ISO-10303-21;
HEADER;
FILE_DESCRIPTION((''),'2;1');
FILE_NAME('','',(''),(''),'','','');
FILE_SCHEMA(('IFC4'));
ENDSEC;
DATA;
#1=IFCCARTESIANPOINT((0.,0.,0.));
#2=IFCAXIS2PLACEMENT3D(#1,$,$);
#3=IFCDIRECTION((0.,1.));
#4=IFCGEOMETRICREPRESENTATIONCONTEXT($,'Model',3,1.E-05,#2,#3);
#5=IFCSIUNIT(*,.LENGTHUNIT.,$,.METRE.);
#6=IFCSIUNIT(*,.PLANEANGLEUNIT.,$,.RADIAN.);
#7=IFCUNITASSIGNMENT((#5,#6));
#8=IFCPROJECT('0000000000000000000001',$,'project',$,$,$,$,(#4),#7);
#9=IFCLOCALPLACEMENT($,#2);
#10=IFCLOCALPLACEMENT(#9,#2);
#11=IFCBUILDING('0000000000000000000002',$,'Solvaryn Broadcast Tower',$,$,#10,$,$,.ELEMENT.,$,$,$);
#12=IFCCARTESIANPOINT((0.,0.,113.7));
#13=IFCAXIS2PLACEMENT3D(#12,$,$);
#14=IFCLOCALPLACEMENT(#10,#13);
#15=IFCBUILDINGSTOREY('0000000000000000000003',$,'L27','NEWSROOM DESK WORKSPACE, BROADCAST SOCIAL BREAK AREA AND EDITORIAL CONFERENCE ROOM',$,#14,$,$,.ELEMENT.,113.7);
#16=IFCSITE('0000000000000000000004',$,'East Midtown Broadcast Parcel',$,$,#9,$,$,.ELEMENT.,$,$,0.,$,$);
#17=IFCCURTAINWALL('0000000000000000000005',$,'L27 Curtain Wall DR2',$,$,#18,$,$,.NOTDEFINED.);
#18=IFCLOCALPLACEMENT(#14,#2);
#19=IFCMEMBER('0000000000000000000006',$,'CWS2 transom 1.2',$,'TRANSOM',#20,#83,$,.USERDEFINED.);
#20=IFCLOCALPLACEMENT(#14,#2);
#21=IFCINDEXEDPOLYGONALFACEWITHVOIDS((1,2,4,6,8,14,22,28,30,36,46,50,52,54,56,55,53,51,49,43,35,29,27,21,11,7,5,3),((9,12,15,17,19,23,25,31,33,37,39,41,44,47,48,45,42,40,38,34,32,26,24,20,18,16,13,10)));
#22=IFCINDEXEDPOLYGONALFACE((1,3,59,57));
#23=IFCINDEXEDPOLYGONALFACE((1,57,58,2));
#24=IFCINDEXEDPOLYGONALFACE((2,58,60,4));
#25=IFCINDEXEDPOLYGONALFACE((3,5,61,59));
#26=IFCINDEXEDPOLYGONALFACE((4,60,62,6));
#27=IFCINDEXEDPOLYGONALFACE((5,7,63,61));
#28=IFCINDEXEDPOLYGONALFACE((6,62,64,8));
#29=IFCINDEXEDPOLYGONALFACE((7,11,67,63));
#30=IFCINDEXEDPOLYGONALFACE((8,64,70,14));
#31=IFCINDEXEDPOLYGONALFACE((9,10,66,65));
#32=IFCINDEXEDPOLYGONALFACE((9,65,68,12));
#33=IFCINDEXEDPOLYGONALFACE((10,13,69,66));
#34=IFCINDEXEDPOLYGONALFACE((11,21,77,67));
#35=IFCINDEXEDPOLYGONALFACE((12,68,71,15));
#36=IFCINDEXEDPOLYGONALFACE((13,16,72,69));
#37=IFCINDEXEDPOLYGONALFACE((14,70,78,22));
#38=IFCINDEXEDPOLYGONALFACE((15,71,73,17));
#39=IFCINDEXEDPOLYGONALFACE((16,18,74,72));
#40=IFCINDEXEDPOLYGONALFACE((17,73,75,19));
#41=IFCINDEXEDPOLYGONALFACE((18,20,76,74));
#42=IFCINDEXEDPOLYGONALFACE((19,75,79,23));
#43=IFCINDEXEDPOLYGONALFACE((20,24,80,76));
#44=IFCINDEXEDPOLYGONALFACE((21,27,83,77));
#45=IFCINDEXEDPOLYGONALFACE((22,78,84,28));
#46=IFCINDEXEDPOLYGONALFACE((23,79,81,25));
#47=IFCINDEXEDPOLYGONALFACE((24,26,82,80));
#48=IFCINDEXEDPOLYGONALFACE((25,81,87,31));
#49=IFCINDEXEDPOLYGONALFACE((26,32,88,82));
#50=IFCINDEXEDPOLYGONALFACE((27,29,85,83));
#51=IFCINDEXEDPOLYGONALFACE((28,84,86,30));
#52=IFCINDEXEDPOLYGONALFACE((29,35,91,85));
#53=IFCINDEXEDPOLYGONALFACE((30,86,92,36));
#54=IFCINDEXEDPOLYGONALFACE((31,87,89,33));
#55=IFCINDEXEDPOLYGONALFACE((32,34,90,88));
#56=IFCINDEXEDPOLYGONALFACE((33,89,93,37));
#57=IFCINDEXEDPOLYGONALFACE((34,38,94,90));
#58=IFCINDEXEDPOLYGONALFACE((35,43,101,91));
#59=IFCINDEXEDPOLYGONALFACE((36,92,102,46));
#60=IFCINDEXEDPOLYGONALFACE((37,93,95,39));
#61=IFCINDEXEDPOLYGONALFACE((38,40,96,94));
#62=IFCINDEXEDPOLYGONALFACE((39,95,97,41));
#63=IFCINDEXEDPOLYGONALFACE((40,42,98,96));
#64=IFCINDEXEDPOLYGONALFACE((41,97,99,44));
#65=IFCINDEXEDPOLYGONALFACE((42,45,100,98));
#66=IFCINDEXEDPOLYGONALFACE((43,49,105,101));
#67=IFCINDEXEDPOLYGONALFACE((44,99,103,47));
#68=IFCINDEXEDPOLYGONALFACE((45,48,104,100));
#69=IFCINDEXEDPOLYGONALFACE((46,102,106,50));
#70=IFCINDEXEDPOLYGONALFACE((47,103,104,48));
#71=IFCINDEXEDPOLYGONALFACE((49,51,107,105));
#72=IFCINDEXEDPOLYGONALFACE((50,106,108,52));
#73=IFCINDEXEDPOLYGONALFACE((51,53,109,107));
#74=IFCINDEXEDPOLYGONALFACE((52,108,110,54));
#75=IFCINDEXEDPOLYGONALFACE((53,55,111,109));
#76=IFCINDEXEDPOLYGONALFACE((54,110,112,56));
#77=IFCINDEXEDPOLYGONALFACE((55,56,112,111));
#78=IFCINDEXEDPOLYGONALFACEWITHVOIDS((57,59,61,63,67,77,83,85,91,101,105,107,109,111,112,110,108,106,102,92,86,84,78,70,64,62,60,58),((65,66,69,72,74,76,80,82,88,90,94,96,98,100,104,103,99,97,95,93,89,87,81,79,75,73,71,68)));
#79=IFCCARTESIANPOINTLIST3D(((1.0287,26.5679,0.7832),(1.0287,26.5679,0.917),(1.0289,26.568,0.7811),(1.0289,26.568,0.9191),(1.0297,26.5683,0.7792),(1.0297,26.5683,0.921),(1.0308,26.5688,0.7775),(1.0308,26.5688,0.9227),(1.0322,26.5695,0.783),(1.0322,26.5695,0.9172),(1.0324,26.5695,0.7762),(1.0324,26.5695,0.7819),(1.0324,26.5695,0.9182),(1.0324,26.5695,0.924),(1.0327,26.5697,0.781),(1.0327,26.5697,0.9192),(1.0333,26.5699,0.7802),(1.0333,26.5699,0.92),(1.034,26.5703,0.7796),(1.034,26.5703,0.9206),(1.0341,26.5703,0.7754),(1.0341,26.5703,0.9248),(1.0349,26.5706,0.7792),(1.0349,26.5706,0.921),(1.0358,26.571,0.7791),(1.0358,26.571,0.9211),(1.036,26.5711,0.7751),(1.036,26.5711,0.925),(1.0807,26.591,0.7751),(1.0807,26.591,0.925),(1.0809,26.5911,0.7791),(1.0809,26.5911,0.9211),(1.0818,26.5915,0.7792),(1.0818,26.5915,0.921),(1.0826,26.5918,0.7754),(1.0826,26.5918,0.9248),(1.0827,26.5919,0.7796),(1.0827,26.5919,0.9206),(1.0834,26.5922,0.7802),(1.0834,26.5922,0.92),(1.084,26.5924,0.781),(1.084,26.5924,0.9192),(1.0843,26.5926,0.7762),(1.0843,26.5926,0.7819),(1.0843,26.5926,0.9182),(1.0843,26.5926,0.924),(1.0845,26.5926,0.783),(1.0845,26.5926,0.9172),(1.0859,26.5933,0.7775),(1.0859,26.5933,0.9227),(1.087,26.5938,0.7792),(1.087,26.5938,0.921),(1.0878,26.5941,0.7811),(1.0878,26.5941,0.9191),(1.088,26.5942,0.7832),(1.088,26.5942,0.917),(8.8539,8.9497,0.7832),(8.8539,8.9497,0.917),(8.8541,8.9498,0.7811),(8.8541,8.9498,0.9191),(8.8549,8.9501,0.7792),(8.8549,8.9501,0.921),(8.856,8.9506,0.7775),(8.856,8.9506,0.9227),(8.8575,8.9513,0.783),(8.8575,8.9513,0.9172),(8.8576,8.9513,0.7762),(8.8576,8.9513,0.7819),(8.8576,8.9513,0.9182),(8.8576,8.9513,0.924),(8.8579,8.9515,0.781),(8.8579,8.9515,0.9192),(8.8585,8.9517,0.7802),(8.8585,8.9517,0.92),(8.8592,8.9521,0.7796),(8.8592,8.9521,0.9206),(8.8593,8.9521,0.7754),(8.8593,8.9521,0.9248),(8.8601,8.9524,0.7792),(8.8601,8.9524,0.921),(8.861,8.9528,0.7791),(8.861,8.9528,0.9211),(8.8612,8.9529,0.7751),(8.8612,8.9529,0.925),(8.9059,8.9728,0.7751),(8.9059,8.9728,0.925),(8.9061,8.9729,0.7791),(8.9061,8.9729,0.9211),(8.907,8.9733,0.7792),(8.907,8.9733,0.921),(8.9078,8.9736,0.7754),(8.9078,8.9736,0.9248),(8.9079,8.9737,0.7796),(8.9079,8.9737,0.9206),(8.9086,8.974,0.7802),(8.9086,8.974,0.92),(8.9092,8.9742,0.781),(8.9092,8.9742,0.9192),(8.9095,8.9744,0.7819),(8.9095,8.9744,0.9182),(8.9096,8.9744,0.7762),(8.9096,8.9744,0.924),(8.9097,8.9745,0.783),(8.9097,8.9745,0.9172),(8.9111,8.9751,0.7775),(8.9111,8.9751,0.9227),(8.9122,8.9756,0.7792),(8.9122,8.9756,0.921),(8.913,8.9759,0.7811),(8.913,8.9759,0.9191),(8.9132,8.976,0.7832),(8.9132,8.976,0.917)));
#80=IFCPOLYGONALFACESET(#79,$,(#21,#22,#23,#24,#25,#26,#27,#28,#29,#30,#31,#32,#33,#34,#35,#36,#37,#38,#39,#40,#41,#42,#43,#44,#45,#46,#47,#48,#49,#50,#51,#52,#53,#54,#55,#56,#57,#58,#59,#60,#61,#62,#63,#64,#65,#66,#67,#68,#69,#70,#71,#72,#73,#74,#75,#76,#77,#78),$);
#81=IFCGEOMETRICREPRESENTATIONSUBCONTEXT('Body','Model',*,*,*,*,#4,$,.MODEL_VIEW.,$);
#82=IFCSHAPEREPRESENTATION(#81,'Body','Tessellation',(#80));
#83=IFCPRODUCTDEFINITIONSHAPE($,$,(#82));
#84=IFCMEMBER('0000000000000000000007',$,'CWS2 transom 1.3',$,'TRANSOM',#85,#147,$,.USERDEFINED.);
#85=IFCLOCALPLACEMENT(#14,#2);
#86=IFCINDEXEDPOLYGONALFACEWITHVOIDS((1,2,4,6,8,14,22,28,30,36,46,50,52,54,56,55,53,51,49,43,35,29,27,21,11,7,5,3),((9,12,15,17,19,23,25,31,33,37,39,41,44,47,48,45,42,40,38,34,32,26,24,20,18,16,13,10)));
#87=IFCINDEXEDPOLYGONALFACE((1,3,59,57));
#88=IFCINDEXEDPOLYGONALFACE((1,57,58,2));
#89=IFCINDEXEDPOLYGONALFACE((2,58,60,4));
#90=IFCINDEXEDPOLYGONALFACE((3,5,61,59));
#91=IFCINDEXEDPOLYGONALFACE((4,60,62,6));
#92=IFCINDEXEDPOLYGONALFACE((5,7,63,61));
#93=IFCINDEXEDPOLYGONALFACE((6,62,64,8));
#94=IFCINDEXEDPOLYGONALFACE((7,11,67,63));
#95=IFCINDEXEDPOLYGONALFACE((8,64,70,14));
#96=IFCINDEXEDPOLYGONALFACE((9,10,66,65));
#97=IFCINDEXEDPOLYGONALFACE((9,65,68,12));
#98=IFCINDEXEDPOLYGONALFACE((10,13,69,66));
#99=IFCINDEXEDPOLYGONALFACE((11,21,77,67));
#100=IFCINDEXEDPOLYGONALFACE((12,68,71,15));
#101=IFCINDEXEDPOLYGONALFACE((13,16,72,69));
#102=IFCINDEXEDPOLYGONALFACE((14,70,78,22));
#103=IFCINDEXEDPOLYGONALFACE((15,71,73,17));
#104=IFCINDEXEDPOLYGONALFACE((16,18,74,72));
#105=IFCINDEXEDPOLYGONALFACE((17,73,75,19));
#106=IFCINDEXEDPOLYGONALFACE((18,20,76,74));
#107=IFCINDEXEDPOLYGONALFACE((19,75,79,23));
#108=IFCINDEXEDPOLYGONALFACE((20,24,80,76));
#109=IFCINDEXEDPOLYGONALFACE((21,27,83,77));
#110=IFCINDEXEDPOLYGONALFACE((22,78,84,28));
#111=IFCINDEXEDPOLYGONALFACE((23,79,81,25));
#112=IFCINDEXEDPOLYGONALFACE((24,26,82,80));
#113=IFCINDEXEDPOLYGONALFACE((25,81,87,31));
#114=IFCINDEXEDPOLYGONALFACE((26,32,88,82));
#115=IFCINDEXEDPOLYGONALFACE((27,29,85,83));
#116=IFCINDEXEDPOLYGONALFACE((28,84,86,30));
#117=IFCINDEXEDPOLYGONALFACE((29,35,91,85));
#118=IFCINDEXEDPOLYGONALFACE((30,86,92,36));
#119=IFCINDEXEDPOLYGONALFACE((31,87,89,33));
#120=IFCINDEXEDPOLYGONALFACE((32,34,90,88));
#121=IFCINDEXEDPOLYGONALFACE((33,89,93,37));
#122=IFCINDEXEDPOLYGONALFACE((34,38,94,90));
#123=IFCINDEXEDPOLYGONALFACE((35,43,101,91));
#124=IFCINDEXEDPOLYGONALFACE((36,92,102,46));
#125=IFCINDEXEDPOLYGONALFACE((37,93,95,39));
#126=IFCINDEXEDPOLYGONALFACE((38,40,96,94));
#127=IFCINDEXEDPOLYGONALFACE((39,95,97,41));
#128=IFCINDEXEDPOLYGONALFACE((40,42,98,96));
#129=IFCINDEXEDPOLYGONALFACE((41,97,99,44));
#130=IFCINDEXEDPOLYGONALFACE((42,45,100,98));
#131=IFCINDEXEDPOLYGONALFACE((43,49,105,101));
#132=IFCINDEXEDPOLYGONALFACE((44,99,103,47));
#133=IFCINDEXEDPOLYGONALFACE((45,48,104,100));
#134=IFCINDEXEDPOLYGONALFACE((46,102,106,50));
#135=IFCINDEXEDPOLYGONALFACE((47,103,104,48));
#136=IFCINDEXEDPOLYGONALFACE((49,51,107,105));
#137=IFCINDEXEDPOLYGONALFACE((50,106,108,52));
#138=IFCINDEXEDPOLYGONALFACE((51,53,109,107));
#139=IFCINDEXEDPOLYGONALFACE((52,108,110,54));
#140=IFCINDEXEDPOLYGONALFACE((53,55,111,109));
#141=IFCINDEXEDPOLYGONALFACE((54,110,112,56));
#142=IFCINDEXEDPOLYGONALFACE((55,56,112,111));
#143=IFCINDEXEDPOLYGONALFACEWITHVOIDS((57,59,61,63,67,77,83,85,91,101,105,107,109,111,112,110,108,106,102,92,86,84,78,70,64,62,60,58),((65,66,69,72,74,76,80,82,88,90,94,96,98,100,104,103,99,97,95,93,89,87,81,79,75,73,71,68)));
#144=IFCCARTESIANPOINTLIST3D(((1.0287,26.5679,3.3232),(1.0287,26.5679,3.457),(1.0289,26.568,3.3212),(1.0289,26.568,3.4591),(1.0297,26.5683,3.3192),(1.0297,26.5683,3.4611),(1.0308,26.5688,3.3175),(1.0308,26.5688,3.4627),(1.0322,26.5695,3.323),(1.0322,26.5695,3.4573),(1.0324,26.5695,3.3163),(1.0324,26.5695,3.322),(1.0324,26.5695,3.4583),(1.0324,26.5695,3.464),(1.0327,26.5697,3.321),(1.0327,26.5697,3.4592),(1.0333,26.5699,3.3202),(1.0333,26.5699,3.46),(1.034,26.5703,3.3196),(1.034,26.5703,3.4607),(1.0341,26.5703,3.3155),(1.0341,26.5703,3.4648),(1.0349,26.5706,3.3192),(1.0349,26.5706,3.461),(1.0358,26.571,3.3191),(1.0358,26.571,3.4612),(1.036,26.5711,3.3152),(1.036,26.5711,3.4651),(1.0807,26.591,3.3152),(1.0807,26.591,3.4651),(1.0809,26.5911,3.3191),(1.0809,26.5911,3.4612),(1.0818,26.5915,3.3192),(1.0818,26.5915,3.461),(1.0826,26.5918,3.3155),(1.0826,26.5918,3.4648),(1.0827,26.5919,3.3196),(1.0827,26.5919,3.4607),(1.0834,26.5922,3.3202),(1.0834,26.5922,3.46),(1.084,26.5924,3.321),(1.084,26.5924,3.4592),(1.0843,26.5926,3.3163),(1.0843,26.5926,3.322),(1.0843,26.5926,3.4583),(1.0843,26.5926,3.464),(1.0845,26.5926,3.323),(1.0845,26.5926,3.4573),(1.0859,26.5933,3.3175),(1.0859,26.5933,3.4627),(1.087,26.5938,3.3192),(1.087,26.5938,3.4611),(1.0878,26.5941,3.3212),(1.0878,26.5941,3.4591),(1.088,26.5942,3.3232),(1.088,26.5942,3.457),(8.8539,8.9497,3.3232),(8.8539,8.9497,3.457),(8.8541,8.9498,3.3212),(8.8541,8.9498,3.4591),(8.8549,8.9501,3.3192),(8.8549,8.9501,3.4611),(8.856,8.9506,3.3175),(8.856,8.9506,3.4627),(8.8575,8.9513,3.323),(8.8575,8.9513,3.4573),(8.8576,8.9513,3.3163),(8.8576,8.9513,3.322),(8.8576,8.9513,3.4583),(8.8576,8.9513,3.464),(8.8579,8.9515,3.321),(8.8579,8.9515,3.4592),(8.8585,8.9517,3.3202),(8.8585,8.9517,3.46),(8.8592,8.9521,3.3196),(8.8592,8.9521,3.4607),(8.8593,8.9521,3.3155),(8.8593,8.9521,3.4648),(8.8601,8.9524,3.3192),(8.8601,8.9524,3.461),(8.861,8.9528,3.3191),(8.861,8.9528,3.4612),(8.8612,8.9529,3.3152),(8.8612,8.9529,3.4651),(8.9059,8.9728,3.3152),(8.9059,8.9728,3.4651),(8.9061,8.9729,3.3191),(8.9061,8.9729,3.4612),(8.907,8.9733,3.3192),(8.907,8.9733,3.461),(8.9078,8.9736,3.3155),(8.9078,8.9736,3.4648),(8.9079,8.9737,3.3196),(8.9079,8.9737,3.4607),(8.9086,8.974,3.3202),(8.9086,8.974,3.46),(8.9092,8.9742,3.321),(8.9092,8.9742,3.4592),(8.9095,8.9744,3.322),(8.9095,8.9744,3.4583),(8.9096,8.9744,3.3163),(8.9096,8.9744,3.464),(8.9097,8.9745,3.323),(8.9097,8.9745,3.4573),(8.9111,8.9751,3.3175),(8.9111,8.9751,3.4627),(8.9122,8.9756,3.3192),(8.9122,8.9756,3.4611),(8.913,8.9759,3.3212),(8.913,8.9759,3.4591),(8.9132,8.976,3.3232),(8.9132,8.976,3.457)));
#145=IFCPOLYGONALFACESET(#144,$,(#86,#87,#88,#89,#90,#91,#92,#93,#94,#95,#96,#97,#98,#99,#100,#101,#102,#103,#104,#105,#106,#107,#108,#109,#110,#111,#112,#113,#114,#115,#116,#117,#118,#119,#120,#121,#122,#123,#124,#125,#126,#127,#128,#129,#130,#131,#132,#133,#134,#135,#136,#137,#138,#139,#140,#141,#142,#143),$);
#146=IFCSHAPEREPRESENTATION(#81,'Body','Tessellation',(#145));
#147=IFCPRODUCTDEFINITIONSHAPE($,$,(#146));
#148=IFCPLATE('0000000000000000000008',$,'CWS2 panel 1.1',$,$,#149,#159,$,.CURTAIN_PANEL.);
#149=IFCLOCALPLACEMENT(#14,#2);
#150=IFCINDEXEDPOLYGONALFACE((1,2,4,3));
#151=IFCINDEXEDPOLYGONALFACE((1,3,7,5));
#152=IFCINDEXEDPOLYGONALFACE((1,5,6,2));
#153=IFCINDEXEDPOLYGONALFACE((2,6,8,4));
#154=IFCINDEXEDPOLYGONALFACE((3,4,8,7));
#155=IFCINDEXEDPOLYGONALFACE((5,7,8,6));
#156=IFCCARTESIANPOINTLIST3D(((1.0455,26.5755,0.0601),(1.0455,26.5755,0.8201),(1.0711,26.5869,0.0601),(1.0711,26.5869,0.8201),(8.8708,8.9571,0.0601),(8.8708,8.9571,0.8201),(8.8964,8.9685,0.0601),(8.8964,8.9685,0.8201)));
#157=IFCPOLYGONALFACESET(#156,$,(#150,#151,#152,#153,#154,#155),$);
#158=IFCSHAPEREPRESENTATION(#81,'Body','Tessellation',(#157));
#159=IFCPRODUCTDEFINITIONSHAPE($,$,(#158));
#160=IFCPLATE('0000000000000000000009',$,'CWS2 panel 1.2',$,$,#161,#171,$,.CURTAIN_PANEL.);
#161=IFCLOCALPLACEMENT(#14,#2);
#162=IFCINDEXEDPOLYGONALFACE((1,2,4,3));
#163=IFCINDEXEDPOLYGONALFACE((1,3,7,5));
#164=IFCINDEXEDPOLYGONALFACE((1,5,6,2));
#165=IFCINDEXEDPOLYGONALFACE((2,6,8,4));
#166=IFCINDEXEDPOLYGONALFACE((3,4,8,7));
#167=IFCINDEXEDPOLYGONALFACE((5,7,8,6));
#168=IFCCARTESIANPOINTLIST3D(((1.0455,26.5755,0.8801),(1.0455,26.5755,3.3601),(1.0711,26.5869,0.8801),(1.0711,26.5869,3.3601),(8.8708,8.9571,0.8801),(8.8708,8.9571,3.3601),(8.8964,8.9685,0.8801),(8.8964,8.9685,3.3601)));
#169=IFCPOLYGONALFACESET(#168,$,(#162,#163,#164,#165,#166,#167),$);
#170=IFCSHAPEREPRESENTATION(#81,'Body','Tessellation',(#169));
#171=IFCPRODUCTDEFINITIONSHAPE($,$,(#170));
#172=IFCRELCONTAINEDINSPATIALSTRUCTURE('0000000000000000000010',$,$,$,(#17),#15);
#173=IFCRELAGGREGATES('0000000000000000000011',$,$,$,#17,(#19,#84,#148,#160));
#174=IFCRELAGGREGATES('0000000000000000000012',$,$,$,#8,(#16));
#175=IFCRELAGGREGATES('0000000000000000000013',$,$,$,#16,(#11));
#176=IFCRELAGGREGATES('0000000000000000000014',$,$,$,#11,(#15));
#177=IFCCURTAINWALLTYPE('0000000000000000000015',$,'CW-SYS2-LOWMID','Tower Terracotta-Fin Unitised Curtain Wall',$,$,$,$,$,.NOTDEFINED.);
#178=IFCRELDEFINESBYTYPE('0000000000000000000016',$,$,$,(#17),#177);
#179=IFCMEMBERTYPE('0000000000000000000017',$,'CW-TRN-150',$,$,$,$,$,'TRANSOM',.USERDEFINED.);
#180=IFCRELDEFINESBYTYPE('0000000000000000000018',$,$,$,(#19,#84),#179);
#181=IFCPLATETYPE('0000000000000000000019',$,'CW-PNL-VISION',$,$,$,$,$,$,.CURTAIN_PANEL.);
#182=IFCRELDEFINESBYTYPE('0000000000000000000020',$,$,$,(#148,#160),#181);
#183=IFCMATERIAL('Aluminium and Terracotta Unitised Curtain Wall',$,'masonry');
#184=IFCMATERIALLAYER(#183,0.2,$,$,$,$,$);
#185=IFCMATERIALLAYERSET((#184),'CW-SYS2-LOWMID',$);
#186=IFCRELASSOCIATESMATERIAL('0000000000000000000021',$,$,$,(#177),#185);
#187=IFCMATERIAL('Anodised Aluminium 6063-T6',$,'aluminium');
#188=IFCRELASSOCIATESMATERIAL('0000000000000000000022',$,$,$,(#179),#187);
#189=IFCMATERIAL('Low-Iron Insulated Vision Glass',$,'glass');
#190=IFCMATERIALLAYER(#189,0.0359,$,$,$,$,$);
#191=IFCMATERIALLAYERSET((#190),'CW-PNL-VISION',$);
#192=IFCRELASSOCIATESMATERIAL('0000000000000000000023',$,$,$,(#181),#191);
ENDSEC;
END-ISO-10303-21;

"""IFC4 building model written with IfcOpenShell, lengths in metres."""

from ifc_helpers import new_model, si_unit, direction, frame, origin, origin_2d, place, context, subcontext, project, spatial, rectangle, hollow_rectangle, extrude, material, layer, layer_set, material_profile, profile_set, type_object, element, aggregate, save


model = new_model("IFC4")

# Units and contexts
model_context = context("Model", 3, precision=1e-05, world=origin(), true_north=direction((0.0, 1.0)))
body_context = subcontext(model_context, "Body", "Model", "MODEL_VIEW")
ifc_project = project(units=[si_unit("LENGTHUNIT", "METRE"), si_unit("PLANEANGLEUNIT", "RADIAN")], contexts=[model_context])

# Site, building, storey
site_placement = place(None, origin())
site = spatial("IfcSite", under=ifc_project, at=site_placement, Name="East Midtown Broadcast Parcel", CompositionType="ELEMENT", RefElevation=0.0)
building_placement = place(site_placement, origin())
building = spatial("IfcBuilding", under=site, at=building_placement, Name="Solvaryn Broadcast Tower", CompositionType="ELEMENT")
storey_placement = place(building_placement, frame((0.0, 0.0, 113.7)))
storey = spatial("IfcBuildingStorey", under=building, at=storey_placement, Name="L27", Description="NEWSROOM DESK WORKSPACE, BROADCAST SOCIAL BREAK AREA AND EDITORIAL CONFERENCE ROOM", CompositionType="ELEMENT", Elevation=113.7)

# Shared definitions
ifc_material_1 = material(Name="Aluminium and Terracotta Unitised Curtain Wall", Category="masonry")
ifc_layer_1 = layer(ifc_material_1, 0.2)
ifc_layer_set_1 = layer_set([ifc_layer_1], Name="CW-SYS2-LOWMID")
curtain_wall_type = type_object("IfcCurtainWallType", Name="CW-SYS2-LOWMID", Description="Tower Terracotta-Fin Unitised Curtain Wall", PredefinedType="NOTDEFINED", material=ifc_layer_set_1)

# Curtain wall, members, plates
curtain_wall_1_placement = place(storey_placement, origin())
curtain_wall_1 = element("IfcCurtainWall", 1, at=curtain_wall_1_placement, inside=storey, type_object=curtain_wall_type, Name="L27 Curtain Wall DR2", PredefinedType="NOTDEFINED")
ifc_material_2 = material(Name="Anodised Aluminium 6063-T6", Category="aluminium")
ifc_material_profile_1 = material_profile(ifc_material_2, hollow_rectangle(XDim=0.0649, YDim=0.1499, WallThickness=0.0039, InnerFilletRadius=0.0039, OuterFilletRadius=0.0081, at=origin_2d()))
ifc_profile_set_1 = profile_set([ifc_material_profile_1], Name="Anodised Aluminium 6063-T6")
member_type_1 = type_object("IfcMemberType", Name="CW-TRN-150", ElementType="TRANSOM", PredefinedType="USERDEFINED", material=ifc_profile_set_1)
member_1_placement = place(storey_placement, frame((1.0583, 26.5811, 0.8501), z_axis=(0.405918, -0.91391, 0.0), x_axis=(0.91391, 0.405918, 0.0)))
member_1 = element("IfcMember", 2, at=member_1_placement, type_object=member_type_1, Name="CWS2 transom 1.2", ObjectType="TRANSOM", PredefinedType="USERDEFINED", context=body_context, shape_type="SweptSolid", body=[
    extrude(hollow_rectangle(XDim=0.0649, YDim=0.1499, WallThickness=0.0039, InnerFilletRadius=0.0039, OuterFilletRadius=0.0081, at=origin_2d()), origin(), (0.0, 0.0, 1.0), 19.2778),
])
member_2_placement = place(storey_placement, frame((1.0583, 26.5811, 3.3901), z_axis=(0.405918, -0.91391, 0.0), x_axis=(0.91391, 0.405918, 0.0)))
member_2 = element("IfcMember", 3, at=member_2_placement, type_object=member_type_1, Name="CWS2 transom 1.3", ObjectType="TRANSOM", PredefinedType="USERDEFINED", context=body_context, shape_type="SweptSolid", body=[
    extrude(hollow_rectangle(XDim=0.0649, YDim=0.1499, WallThickness=0.0039, InnerFilletRadius=0.0039, OuterFilletRadius=0.0081, at=origin_2d()), origin(), (0.0, 0.0, 1.0), 19.2778),
])
ifc_material_3 = material(Name="Low-Iron Insulated Vision Glass", Category="glass")
ifc_layer_2 = layer(ifc_material_3, 0.0359)
ifc_layer_set_2 = layer_set([ifc_layer_2], Name="CW-PNL-VISION")
plate_type = type_object("IfcPlateType", Name="CW-PNL-VISION", PredefinedType="CURTAIN_PANEL", material=ifc_layer_set_2)
plate_1_placement = place(storey_placement, frame((4.9709, 17.772, 0.0601), z_axis=(0.0, 0.0, 1.0), x_axis=(0.405918, -0.913909, 0.0)))
plate_1 = element("IfcPlate", 4, at=plate_1_placement, type_object=plate_type, Name="CWS2 panel 1.1", PredefinedType="CURTAIN_PANEL", context=body_context, shape_type="SweptSolid", body=[
    extrude(rectangle(XDim=19.2781, YDim=0.0281, at=origin_2d()), origin(), (0.0, 0.0, 1.0), 0.76),
])
plate_2_placement = place(storey_placement, frame((4.9709, 17.772, 0.8801), z_axis=(0.0, 0.0, 1.0), x_axis=(0.405918, -0.913909, 0.0)))
plate_2 = element("IfcPlate", 5, at=plate_2_placement, type_object=plate_type, Name="CWS2 panel 1.2", PredefinedType="CURTAIN_PANEL", context=body_context, shape_type="SweptSolid", body=[
    extrude(rectangle(XDim=19.2781, YDim=0.0281, at=origin_2d()), origin(), (0.0, 0.0, 1.0), 2.48),
])
aggregate(curtain_wall_1, [member_1, member_2, plate_1, plate_2])

save(model, "model.ifc")
